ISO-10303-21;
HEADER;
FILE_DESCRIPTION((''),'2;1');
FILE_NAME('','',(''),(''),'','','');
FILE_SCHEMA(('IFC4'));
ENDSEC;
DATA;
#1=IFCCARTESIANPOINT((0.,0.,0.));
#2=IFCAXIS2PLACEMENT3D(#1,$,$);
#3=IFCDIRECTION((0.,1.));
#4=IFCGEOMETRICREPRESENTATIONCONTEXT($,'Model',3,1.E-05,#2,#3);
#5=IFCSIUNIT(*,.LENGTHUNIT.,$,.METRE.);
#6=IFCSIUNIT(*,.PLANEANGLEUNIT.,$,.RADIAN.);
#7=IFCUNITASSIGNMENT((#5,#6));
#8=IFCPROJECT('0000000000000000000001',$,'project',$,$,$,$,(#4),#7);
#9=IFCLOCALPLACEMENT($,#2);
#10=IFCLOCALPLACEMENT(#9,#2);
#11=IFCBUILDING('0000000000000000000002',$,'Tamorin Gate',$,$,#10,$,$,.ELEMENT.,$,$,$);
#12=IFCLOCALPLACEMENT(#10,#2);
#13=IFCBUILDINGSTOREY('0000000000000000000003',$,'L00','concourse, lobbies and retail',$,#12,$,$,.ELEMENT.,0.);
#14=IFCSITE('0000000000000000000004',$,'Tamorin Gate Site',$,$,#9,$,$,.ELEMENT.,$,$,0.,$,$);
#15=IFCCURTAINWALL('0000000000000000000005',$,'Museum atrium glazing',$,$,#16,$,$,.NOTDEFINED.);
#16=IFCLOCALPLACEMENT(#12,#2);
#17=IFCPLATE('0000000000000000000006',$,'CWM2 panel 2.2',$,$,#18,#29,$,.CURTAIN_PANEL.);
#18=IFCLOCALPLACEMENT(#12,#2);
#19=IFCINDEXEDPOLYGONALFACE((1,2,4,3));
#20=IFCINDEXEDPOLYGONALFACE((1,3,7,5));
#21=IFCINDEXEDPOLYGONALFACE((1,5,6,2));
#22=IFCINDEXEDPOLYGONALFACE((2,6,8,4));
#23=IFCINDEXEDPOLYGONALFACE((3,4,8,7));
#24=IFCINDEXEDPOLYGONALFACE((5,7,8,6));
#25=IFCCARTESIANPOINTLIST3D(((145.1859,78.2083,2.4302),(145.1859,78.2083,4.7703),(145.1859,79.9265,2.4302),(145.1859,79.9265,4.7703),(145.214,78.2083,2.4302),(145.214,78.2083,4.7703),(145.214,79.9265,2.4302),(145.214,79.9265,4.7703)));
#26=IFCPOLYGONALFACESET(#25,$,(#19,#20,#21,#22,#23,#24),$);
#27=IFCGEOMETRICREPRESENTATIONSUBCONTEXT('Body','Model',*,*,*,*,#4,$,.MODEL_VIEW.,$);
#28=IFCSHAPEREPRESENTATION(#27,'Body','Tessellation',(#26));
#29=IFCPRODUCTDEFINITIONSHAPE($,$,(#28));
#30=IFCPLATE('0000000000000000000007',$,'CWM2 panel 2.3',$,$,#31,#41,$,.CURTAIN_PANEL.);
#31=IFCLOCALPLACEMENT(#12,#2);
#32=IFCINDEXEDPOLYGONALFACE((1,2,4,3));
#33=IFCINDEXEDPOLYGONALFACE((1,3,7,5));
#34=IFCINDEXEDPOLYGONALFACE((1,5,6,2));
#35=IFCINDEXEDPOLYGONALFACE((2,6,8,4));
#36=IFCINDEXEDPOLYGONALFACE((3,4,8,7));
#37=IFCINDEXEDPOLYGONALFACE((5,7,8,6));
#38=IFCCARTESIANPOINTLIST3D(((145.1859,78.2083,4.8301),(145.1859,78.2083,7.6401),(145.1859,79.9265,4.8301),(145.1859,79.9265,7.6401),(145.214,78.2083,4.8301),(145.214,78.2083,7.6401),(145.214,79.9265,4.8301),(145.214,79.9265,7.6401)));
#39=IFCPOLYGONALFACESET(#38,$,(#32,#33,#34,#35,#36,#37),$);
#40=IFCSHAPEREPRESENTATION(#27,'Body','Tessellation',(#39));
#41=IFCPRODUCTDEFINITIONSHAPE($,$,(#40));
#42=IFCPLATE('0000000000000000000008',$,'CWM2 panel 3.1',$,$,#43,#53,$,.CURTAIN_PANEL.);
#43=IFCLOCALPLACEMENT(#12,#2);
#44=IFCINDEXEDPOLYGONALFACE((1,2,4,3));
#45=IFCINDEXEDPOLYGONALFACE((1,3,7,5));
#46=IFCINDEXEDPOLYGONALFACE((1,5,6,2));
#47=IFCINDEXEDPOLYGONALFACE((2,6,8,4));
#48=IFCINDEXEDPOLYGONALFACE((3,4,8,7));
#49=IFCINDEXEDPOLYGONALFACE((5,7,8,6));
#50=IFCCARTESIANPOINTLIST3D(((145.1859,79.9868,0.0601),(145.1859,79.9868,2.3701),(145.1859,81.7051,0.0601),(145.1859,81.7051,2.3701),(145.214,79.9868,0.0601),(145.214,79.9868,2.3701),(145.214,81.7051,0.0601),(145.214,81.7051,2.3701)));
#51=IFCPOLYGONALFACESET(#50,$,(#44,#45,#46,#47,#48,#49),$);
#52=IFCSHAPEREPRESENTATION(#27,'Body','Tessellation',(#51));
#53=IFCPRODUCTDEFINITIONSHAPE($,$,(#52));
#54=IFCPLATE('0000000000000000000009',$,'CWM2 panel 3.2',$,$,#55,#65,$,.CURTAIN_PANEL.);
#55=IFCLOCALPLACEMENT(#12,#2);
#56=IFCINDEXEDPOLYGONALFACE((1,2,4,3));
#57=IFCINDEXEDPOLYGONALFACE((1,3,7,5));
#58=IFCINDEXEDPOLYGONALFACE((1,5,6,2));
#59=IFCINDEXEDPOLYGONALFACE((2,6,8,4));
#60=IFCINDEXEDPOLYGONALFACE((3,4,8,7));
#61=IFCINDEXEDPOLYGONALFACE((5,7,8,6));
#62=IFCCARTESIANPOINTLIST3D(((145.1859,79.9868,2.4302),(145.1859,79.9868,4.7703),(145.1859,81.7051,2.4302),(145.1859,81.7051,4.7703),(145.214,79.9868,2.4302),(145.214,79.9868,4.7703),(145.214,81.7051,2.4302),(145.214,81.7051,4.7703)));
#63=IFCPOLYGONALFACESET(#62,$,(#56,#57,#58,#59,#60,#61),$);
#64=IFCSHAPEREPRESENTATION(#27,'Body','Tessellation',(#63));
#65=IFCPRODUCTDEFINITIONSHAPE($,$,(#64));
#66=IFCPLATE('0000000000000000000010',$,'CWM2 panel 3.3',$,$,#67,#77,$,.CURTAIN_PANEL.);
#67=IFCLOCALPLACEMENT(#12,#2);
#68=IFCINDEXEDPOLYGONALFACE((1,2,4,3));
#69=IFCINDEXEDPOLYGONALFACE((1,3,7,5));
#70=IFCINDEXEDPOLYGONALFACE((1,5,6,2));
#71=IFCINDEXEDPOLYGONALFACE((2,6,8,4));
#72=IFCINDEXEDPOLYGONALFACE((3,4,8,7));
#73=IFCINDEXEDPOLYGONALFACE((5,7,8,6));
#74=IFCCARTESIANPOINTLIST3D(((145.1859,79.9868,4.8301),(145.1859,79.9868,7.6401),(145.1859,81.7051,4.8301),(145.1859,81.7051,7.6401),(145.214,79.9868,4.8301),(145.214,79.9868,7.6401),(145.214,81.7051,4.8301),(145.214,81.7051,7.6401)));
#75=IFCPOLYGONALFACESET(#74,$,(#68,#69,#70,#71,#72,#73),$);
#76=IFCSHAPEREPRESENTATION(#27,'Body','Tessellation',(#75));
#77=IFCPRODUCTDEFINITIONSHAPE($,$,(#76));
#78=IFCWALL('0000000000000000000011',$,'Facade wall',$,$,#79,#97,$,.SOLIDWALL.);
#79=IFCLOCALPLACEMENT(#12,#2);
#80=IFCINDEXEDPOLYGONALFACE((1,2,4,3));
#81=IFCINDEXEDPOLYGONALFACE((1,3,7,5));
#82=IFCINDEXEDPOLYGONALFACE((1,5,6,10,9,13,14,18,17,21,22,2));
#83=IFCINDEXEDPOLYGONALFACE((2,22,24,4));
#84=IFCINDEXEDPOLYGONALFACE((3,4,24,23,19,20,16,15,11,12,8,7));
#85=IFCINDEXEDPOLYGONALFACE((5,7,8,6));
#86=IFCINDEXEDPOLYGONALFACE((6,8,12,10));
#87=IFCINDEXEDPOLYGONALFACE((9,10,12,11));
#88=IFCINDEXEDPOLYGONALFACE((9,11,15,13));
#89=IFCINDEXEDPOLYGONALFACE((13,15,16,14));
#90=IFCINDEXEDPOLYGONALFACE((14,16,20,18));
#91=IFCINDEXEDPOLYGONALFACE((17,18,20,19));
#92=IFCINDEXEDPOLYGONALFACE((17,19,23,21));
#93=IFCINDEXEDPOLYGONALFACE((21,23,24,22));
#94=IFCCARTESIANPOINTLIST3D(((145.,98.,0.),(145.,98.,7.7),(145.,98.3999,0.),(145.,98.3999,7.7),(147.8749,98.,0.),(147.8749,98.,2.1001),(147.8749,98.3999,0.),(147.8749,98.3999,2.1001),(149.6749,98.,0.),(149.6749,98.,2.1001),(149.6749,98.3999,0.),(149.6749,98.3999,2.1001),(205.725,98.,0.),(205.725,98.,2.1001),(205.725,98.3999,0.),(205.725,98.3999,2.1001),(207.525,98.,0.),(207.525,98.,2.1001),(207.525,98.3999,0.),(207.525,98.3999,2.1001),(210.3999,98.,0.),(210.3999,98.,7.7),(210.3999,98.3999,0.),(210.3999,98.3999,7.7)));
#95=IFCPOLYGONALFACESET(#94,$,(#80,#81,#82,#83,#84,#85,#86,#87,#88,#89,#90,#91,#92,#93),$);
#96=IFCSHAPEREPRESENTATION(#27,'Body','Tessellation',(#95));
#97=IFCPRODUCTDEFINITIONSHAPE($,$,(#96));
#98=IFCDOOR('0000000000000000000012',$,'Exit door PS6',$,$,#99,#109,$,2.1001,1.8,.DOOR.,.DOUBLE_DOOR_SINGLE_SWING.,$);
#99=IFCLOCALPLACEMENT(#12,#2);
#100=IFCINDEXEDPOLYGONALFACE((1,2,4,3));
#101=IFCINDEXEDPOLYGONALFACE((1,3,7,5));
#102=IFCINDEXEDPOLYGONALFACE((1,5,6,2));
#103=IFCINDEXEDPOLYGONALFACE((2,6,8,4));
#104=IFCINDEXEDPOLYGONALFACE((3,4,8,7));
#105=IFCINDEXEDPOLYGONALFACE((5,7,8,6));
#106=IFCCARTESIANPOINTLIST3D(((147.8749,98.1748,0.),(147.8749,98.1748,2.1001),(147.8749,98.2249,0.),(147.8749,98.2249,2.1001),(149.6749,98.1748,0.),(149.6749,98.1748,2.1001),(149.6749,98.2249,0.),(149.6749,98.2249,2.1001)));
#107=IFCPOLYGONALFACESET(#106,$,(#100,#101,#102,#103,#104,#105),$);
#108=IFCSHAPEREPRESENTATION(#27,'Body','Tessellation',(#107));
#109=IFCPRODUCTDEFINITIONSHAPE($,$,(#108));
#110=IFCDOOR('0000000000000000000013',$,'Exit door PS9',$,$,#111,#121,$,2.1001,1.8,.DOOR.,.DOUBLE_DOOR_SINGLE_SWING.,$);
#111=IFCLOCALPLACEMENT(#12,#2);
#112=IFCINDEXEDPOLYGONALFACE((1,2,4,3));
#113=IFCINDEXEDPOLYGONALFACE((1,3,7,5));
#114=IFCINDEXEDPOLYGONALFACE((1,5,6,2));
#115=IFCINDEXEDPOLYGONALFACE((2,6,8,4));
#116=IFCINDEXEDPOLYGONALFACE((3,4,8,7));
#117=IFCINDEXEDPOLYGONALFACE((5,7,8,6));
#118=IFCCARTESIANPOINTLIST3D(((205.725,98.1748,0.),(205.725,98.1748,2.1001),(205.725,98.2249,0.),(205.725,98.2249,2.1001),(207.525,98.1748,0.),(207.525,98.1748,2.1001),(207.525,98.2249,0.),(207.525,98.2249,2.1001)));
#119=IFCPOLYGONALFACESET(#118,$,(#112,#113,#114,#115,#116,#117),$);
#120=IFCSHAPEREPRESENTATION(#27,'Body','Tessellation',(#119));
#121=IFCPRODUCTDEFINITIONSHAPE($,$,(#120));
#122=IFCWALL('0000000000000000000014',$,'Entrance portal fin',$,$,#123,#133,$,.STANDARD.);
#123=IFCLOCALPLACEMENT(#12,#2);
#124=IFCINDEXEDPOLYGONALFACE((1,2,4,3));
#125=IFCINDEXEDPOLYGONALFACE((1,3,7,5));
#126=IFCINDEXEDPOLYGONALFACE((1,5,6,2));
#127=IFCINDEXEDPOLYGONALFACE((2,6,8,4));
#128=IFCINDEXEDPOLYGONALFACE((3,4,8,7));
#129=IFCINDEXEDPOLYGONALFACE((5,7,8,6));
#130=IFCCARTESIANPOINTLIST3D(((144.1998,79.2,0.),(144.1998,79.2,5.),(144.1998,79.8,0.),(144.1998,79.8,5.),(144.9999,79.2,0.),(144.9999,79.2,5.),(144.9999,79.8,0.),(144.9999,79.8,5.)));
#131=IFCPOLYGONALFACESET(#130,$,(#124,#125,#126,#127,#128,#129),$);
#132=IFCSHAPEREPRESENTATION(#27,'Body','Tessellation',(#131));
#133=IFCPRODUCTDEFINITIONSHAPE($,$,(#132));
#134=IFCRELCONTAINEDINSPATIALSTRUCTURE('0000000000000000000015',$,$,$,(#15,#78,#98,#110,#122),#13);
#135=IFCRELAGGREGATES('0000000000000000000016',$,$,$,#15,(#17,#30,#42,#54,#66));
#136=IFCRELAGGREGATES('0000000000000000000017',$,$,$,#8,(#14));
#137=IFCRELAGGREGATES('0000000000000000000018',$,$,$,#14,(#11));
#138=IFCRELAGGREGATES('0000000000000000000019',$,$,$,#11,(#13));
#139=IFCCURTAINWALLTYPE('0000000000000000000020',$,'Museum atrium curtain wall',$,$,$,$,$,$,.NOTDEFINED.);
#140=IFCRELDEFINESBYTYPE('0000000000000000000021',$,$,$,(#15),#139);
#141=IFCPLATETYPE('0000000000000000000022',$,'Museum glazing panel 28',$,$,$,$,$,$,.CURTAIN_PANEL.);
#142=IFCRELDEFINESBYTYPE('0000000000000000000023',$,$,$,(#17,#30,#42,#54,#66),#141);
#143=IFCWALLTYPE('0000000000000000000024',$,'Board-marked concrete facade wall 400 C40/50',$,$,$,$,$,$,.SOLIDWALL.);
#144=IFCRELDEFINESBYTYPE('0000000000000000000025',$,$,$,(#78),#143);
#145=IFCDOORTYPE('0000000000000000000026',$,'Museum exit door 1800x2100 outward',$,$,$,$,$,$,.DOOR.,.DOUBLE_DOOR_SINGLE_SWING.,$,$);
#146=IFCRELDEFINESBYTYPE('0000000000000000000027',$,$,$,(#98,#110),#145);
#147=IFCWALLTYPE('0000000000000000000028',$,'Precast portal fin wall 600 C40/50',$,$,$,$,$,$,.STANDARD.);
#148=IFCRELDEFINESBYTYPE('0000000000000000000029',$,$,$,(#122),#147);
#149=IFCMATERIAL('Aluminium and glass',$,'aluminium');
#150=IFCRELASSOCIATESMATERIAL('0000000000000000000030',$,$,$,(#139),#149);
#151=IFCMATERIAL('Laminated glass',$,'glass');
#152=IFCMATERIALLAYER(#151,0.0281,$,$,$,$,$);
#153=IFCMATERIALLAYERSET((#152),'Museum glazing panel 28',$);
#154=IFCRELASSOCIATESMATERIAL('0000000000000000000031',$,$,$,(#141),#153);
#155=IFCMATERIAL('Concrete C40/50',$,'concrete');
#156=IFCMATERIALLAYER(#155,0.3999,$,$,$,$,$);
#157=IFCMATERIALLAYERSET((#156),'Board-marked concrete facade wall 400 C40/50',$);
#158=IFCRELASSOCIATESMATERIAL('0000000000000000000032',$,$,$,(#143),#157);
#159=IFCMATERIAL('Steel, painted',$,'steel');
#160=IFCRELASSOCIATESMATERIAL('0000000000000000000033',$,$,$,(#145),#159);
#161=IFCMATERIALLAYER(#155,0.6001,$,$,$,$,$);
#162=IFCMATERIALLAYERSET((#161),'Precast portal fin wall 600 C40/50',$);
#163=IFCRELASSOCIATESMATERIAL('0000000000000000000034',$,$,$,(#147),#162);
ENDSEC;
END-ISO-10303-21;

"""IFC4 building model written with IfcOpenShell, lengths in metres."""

from ifc_helpers import new_model, si_unit, direction, frame, frame_2d, origin, origin_2d, place, context, subcontext, project, spatial, rectangle, extrude, material, layer, layer_set, type_object, element, fill, aggregate, save


model = new_model("IFC4")

# Units and contexts
model_context = context("Model", 3, precision=1e-05, world=origin(), true_north=direction((0.0, 1.0)))
body_context = subcontext(model_context, "Body", "Model", "MODEL_VIEW")
ifc_project = project(units=[si_unit("LENGTHUNIT", "METRE"), si_unit("PLANEANGLEUNIT", "RADIAN")], contexts=[model_context])

# Site, building, storey
site_placement = place(None, origin())
site = spatial("IfcSite", under=ifc_project, at=site_placement, Name="Tamorin Gate Site", CompositionType="ELEMENT", RefElevation=0.0)
building_placement = place(site_placement, origin())
building = spatial("IfcBuilding", under=site, at=building_placement, Name="Tamorin Gate", CompositionType="ELEMENT")
storey_placement = place(building_placement, origin())
storey = spatial("IfcBuildingStorey", under=building, at=storey_placement, Name="L00", Description="concourse, lobbies and retail", CompositionType="ELEMENT", Elevation=0.0)

# Shared definitions
ifc_material_1 = material(Name="Concrete C40/50", Category="concrete")

# Curtain wall
ifc_material_2 = material(Name="Aluminium and glass", Category="aluminium")
curtain_wall_type = type_object("IfcCurtainWallType", Name="Museum atrium curtain wall", PredefinedType="NOTDEFINED", material=ifc_material_2)
curtain_wall_placement = place(storey_placement, origin())
curtain_wall = element("IfcCurtainWall", 1, at=curtain_wall_placement, inside=storey, type_object=curtain_wall_type, Name="Museum atrium glazing", PredefinedType="NOTDEFINED")

# Plates
ifc_material_3 = material(Name="Laminated glass", Category="glass")
ifc_layer_1 = layer(ifc_material_3, 0.0281)
ifc_layer_set_1 = layer_set([ifc_layer_1], Name="Museum glazing panel 28")
plate_type = type_object("IfcPlateType", Name="Museum glazing panel 28", PredefinedType="CURTAIN_PANEL", material=ifc_layer_set_1)
plate_1_placement = place(storey_placement, frame((145.2, 79.0674, 2.4302), z_axis=(0.0, 0.0, 1.0), x_axis=(0.0, 1.0, 0.0)))
plate_1 = element("IfcPlate", 2, at=plate_1_placement, type_object=plate_type, Name="CWM2 panel 2.2", PredefinedType="CURTAIN_PANEL", context=body_context, shape_type="SweptSolid", body=[
    extrude(rectangle(XDim=1.7183, YDim=0.0281, at=origin_2d()), origin(), (0.0, 0.0, 1.0), 2.3401),
])
plate_2_placement = place(storey_placement, frame((145.2, 79.0674, 4.8301), z_axis=(0.0, 0.0, 1.0), x_axis=(0.0, 1.0, 0.0)))
plate_2 = element("IfcPlate", 3, at=plate_2_placement, type_object=plate_type, Name="CWM2 panel 2.3", PredefinedType="CURTAIN_PANEL", context=body_context, shape_type="SweptSolid", body=[
    extrude(rectangle(XDim=1.7183, YDim=0.0281, at=origin_2d()), origin(), (0.0, 0.0, 1.0), 2.8101),
])
plate_3_placement = place(storey_placement, frame((145.2, 80.8459, 0.0601), z_axis=(0.0, 0.0, 1.0), x_axis=(0.0, 1.0, 0.0)))
plate_3 = element("IfcPlate", 4, at=plate_3_placement, type_object=plate_type, Name="CWM2 panel 3.1", PredefinedType="CURTAIN_PANEL", context=body_context, shape_type="SweptSolid", body=[
    extrude(rectangle(XDim=1.7183, YDim=0.0281, at=origin_2d()), origin(), (0.0, 0.0, 1.0), 2.3101),
])
plate_4_placement = place(storey_placement, frame((145.2, 80.8459, 2.4302), z_axis=(0.0, 0.0, 1.0), x_axis=(0.0, 1.0, 0.0)))
plate_4 = element("IfcPlate", 5, at=plate_4_placement, type_object=plate_type, Name="CWM2 panel 3.2", PredefinedType="CURTAIN_PANEL", context=body_context, shape_type="SweptSolid", body=[
    extrude(rectangle(XDim=1.7183, YDim=0.0281, at=origin_2d()), origin(), (0.0, 0.0, 1.0), 2.3401),
])
plate_5_placement = place(storey_placement, frame((145.2, 80.8459, 4.8301), z_axis=(0.0, 0.0, 1.0), x_axis=(0.0, 1.0, 0.0)))
plate_5 = element("IfcPlate", 6, at=plate_5_placement, type_object=plate_type, Name="CWM2 panel 3.3", PredefinedType="CURTAIN_PANEL", context=body_context, shape_type="SweptSolid", body=[
    extrude(rectangle(XDim=1.7183, YDim=0.0281, at=origin_2d()), origin(), (0.0, 0.0, 1.0), 2.8101),
])
aggregate(curtain_wall, [plate_1, plate_2, plate_3, plate_4, plate_5])

# Wall, openings, doors
ifc_layer_2 = layer(ifc_material_1, 0.3999)
ifc_layer_set_2 = layer_set([ifc_layer_2], Name="Board-marked concrete facade wall 400 C40/50")
wall_type_1 = type_object("IfcWallType", Name="Board-marked concrete facade wall 400 C40/50", PredefinedType="SOLIDWALL", material=ifc_layer_set_2)
wall_1_placement = place(storey_placement, frame((145.0, 98.2, 0.0), z_axis=(0.0, 0.0, 1.0), x_axis=(1.0, 0.0, 0.0)))
wall_1 = element("IfcWall", 7, at=wall_1_placement, inside=storey, type_object=wall_type_1, Name="Facade wall", PredefinedType="SOLIDWALL", context=body_context, shape_type="SweptSolid", body=[
    extrude(rectangle(XDim=65.3999, YDim=0.3999, at=frame_2d((32.7, 0.0))), origin(), (0.0, 0.0, 1.0), 7.7),
])
opening_1_placement = place(wall_1_placement, frame((2.875, 0.0, 0.0)))
opening_1 = element("IfcOpeningElement", 8, at=opening_1_placement, cuts=wall_1, PredefinedType="OPENING", context=body_context, shape_type="SweptSolid", body=[
    extrude(rectangle(XDim=1.8, YDim=2.1001, at=frame_2d((0.8999, 1.05))), frame((0.0, 0.21, 0.0), z_axis=(0.0, -1.0, 0.0), x_axis=(1.0, 0.0, 0.0)), (0.0, 0.0, 1.0), 0.4199),
])
opening_2_placement = place(wall_1_placement, frame((60.7251, 0.0, 0.0)))
opening_2 = element("IfcOpeningElement", 9, at=opening_2_placement, cuts=wall_1, PredefinedType="OPENING", context=body_context, shape_type="SweptSolid", body=[
    extrude(rectangle(XDim=1.8, YDim=2.1001, at=frame_2d((0.8999, 1.05))), frame((0.0, 0.21, 0.0), z_axis=(0.0, -1.0, 0.0), x_axis=(1.0, 0.0, 0.0)), (0.0, 0.0, 1.0), 0.4199),
])
ifc_material_4 = material(Name="Steel, painted", Category="steel")
door_type = type_object("IfcDoorType", Name="Museum exit door 1800x2100 outward", OperationType="DOUBLE_DOOR_SINGLE_SWING", PredefinedType="DOOR", material=ifc_material_4)
door_1_placement = place(opening_1_placement, origin())
door_1 = element("IfcDoor", 10, at=door_1_placement, inside=storey, type_object=door_type, Name="Exit door PS6", OperationType="DOUBLE_DOOR_SINGLE_SWING", OverallHeight=2.1001, OverallWidth=1.8, PredefinedType="DOOR", context=body_context, shape_type="SweptSolid", body=[
    extrude(rectangle(XDim=1.8, YDim=2.1001, at=frame_2d((0.8999, 1.05))), frame((0.0, 0.0249, 0.0), z_axis=(0.0, -1.0, 0.0), x_axis=(1.0, 0.0, 0.0)), (0.0, 0.0, 1.0), 0.05),
])
fill(opening_1, door_1)
door_2_placement = place(opening_2_placement, origin())
door_2 = element("IfcDoor", 11, at=door_2_placement, inside=storey, type_object=door_type, Name="Exit door PS9", OperationType="DOUBLE_DOOR_SINGLE_SWING", OverallHeight=2.1001, OverallWidth=1.8, PredefinedType="DOOR", context=body_context, shape_type="SweptSolid", body=[
    extrude(rectangle(XDim=1.8, YDim=2.1001, at=frame_2d((0.8999, 1.05))), frame((0.0, 0.0249, 0.0), z_axis=(0.0, -1.0, 0.0), x_axis=(1.0, 0.0, 0.0)), (0.0, 0.0, 1.0), 0.05),
])
fill(opening_2, door_2)

# Wall
ifc_layer_3 = layer(ifc_material_1, 0.6001)
ifc_layer_set_3 = layer_set([ifc_layer_3], Name="Precast portal fin wall 600 C40/50")
wall_type_2 = type_object("IfcWallType", Name="Precast portal fin wall 600 C40/50", PredefinedType="STANDARD", material=ifc_layer_set_3)
wall_2_placement = place(storey_placement, frame((144.2, 79.5, 0.0), z_axis=(0.0, 0.0, 1.0), x_axis=(1.0, 0.0, 0.0)))
element("IfcWall", 12, at=wall_2_placement, inside=storey, type_object=wall_type_2, Name="Entrance portal fin", PredefinedType="STANDARD", context=body_context, shape_type="SweptSolid", body=[
    extrude(rectangle(XDim=0.8, YDim=0.6001, at=frame_2d((0.3999, 0.0))), origin(), (0.0, 0.0, 1.0), 5.0),
])

save(model, "model.ifc")
